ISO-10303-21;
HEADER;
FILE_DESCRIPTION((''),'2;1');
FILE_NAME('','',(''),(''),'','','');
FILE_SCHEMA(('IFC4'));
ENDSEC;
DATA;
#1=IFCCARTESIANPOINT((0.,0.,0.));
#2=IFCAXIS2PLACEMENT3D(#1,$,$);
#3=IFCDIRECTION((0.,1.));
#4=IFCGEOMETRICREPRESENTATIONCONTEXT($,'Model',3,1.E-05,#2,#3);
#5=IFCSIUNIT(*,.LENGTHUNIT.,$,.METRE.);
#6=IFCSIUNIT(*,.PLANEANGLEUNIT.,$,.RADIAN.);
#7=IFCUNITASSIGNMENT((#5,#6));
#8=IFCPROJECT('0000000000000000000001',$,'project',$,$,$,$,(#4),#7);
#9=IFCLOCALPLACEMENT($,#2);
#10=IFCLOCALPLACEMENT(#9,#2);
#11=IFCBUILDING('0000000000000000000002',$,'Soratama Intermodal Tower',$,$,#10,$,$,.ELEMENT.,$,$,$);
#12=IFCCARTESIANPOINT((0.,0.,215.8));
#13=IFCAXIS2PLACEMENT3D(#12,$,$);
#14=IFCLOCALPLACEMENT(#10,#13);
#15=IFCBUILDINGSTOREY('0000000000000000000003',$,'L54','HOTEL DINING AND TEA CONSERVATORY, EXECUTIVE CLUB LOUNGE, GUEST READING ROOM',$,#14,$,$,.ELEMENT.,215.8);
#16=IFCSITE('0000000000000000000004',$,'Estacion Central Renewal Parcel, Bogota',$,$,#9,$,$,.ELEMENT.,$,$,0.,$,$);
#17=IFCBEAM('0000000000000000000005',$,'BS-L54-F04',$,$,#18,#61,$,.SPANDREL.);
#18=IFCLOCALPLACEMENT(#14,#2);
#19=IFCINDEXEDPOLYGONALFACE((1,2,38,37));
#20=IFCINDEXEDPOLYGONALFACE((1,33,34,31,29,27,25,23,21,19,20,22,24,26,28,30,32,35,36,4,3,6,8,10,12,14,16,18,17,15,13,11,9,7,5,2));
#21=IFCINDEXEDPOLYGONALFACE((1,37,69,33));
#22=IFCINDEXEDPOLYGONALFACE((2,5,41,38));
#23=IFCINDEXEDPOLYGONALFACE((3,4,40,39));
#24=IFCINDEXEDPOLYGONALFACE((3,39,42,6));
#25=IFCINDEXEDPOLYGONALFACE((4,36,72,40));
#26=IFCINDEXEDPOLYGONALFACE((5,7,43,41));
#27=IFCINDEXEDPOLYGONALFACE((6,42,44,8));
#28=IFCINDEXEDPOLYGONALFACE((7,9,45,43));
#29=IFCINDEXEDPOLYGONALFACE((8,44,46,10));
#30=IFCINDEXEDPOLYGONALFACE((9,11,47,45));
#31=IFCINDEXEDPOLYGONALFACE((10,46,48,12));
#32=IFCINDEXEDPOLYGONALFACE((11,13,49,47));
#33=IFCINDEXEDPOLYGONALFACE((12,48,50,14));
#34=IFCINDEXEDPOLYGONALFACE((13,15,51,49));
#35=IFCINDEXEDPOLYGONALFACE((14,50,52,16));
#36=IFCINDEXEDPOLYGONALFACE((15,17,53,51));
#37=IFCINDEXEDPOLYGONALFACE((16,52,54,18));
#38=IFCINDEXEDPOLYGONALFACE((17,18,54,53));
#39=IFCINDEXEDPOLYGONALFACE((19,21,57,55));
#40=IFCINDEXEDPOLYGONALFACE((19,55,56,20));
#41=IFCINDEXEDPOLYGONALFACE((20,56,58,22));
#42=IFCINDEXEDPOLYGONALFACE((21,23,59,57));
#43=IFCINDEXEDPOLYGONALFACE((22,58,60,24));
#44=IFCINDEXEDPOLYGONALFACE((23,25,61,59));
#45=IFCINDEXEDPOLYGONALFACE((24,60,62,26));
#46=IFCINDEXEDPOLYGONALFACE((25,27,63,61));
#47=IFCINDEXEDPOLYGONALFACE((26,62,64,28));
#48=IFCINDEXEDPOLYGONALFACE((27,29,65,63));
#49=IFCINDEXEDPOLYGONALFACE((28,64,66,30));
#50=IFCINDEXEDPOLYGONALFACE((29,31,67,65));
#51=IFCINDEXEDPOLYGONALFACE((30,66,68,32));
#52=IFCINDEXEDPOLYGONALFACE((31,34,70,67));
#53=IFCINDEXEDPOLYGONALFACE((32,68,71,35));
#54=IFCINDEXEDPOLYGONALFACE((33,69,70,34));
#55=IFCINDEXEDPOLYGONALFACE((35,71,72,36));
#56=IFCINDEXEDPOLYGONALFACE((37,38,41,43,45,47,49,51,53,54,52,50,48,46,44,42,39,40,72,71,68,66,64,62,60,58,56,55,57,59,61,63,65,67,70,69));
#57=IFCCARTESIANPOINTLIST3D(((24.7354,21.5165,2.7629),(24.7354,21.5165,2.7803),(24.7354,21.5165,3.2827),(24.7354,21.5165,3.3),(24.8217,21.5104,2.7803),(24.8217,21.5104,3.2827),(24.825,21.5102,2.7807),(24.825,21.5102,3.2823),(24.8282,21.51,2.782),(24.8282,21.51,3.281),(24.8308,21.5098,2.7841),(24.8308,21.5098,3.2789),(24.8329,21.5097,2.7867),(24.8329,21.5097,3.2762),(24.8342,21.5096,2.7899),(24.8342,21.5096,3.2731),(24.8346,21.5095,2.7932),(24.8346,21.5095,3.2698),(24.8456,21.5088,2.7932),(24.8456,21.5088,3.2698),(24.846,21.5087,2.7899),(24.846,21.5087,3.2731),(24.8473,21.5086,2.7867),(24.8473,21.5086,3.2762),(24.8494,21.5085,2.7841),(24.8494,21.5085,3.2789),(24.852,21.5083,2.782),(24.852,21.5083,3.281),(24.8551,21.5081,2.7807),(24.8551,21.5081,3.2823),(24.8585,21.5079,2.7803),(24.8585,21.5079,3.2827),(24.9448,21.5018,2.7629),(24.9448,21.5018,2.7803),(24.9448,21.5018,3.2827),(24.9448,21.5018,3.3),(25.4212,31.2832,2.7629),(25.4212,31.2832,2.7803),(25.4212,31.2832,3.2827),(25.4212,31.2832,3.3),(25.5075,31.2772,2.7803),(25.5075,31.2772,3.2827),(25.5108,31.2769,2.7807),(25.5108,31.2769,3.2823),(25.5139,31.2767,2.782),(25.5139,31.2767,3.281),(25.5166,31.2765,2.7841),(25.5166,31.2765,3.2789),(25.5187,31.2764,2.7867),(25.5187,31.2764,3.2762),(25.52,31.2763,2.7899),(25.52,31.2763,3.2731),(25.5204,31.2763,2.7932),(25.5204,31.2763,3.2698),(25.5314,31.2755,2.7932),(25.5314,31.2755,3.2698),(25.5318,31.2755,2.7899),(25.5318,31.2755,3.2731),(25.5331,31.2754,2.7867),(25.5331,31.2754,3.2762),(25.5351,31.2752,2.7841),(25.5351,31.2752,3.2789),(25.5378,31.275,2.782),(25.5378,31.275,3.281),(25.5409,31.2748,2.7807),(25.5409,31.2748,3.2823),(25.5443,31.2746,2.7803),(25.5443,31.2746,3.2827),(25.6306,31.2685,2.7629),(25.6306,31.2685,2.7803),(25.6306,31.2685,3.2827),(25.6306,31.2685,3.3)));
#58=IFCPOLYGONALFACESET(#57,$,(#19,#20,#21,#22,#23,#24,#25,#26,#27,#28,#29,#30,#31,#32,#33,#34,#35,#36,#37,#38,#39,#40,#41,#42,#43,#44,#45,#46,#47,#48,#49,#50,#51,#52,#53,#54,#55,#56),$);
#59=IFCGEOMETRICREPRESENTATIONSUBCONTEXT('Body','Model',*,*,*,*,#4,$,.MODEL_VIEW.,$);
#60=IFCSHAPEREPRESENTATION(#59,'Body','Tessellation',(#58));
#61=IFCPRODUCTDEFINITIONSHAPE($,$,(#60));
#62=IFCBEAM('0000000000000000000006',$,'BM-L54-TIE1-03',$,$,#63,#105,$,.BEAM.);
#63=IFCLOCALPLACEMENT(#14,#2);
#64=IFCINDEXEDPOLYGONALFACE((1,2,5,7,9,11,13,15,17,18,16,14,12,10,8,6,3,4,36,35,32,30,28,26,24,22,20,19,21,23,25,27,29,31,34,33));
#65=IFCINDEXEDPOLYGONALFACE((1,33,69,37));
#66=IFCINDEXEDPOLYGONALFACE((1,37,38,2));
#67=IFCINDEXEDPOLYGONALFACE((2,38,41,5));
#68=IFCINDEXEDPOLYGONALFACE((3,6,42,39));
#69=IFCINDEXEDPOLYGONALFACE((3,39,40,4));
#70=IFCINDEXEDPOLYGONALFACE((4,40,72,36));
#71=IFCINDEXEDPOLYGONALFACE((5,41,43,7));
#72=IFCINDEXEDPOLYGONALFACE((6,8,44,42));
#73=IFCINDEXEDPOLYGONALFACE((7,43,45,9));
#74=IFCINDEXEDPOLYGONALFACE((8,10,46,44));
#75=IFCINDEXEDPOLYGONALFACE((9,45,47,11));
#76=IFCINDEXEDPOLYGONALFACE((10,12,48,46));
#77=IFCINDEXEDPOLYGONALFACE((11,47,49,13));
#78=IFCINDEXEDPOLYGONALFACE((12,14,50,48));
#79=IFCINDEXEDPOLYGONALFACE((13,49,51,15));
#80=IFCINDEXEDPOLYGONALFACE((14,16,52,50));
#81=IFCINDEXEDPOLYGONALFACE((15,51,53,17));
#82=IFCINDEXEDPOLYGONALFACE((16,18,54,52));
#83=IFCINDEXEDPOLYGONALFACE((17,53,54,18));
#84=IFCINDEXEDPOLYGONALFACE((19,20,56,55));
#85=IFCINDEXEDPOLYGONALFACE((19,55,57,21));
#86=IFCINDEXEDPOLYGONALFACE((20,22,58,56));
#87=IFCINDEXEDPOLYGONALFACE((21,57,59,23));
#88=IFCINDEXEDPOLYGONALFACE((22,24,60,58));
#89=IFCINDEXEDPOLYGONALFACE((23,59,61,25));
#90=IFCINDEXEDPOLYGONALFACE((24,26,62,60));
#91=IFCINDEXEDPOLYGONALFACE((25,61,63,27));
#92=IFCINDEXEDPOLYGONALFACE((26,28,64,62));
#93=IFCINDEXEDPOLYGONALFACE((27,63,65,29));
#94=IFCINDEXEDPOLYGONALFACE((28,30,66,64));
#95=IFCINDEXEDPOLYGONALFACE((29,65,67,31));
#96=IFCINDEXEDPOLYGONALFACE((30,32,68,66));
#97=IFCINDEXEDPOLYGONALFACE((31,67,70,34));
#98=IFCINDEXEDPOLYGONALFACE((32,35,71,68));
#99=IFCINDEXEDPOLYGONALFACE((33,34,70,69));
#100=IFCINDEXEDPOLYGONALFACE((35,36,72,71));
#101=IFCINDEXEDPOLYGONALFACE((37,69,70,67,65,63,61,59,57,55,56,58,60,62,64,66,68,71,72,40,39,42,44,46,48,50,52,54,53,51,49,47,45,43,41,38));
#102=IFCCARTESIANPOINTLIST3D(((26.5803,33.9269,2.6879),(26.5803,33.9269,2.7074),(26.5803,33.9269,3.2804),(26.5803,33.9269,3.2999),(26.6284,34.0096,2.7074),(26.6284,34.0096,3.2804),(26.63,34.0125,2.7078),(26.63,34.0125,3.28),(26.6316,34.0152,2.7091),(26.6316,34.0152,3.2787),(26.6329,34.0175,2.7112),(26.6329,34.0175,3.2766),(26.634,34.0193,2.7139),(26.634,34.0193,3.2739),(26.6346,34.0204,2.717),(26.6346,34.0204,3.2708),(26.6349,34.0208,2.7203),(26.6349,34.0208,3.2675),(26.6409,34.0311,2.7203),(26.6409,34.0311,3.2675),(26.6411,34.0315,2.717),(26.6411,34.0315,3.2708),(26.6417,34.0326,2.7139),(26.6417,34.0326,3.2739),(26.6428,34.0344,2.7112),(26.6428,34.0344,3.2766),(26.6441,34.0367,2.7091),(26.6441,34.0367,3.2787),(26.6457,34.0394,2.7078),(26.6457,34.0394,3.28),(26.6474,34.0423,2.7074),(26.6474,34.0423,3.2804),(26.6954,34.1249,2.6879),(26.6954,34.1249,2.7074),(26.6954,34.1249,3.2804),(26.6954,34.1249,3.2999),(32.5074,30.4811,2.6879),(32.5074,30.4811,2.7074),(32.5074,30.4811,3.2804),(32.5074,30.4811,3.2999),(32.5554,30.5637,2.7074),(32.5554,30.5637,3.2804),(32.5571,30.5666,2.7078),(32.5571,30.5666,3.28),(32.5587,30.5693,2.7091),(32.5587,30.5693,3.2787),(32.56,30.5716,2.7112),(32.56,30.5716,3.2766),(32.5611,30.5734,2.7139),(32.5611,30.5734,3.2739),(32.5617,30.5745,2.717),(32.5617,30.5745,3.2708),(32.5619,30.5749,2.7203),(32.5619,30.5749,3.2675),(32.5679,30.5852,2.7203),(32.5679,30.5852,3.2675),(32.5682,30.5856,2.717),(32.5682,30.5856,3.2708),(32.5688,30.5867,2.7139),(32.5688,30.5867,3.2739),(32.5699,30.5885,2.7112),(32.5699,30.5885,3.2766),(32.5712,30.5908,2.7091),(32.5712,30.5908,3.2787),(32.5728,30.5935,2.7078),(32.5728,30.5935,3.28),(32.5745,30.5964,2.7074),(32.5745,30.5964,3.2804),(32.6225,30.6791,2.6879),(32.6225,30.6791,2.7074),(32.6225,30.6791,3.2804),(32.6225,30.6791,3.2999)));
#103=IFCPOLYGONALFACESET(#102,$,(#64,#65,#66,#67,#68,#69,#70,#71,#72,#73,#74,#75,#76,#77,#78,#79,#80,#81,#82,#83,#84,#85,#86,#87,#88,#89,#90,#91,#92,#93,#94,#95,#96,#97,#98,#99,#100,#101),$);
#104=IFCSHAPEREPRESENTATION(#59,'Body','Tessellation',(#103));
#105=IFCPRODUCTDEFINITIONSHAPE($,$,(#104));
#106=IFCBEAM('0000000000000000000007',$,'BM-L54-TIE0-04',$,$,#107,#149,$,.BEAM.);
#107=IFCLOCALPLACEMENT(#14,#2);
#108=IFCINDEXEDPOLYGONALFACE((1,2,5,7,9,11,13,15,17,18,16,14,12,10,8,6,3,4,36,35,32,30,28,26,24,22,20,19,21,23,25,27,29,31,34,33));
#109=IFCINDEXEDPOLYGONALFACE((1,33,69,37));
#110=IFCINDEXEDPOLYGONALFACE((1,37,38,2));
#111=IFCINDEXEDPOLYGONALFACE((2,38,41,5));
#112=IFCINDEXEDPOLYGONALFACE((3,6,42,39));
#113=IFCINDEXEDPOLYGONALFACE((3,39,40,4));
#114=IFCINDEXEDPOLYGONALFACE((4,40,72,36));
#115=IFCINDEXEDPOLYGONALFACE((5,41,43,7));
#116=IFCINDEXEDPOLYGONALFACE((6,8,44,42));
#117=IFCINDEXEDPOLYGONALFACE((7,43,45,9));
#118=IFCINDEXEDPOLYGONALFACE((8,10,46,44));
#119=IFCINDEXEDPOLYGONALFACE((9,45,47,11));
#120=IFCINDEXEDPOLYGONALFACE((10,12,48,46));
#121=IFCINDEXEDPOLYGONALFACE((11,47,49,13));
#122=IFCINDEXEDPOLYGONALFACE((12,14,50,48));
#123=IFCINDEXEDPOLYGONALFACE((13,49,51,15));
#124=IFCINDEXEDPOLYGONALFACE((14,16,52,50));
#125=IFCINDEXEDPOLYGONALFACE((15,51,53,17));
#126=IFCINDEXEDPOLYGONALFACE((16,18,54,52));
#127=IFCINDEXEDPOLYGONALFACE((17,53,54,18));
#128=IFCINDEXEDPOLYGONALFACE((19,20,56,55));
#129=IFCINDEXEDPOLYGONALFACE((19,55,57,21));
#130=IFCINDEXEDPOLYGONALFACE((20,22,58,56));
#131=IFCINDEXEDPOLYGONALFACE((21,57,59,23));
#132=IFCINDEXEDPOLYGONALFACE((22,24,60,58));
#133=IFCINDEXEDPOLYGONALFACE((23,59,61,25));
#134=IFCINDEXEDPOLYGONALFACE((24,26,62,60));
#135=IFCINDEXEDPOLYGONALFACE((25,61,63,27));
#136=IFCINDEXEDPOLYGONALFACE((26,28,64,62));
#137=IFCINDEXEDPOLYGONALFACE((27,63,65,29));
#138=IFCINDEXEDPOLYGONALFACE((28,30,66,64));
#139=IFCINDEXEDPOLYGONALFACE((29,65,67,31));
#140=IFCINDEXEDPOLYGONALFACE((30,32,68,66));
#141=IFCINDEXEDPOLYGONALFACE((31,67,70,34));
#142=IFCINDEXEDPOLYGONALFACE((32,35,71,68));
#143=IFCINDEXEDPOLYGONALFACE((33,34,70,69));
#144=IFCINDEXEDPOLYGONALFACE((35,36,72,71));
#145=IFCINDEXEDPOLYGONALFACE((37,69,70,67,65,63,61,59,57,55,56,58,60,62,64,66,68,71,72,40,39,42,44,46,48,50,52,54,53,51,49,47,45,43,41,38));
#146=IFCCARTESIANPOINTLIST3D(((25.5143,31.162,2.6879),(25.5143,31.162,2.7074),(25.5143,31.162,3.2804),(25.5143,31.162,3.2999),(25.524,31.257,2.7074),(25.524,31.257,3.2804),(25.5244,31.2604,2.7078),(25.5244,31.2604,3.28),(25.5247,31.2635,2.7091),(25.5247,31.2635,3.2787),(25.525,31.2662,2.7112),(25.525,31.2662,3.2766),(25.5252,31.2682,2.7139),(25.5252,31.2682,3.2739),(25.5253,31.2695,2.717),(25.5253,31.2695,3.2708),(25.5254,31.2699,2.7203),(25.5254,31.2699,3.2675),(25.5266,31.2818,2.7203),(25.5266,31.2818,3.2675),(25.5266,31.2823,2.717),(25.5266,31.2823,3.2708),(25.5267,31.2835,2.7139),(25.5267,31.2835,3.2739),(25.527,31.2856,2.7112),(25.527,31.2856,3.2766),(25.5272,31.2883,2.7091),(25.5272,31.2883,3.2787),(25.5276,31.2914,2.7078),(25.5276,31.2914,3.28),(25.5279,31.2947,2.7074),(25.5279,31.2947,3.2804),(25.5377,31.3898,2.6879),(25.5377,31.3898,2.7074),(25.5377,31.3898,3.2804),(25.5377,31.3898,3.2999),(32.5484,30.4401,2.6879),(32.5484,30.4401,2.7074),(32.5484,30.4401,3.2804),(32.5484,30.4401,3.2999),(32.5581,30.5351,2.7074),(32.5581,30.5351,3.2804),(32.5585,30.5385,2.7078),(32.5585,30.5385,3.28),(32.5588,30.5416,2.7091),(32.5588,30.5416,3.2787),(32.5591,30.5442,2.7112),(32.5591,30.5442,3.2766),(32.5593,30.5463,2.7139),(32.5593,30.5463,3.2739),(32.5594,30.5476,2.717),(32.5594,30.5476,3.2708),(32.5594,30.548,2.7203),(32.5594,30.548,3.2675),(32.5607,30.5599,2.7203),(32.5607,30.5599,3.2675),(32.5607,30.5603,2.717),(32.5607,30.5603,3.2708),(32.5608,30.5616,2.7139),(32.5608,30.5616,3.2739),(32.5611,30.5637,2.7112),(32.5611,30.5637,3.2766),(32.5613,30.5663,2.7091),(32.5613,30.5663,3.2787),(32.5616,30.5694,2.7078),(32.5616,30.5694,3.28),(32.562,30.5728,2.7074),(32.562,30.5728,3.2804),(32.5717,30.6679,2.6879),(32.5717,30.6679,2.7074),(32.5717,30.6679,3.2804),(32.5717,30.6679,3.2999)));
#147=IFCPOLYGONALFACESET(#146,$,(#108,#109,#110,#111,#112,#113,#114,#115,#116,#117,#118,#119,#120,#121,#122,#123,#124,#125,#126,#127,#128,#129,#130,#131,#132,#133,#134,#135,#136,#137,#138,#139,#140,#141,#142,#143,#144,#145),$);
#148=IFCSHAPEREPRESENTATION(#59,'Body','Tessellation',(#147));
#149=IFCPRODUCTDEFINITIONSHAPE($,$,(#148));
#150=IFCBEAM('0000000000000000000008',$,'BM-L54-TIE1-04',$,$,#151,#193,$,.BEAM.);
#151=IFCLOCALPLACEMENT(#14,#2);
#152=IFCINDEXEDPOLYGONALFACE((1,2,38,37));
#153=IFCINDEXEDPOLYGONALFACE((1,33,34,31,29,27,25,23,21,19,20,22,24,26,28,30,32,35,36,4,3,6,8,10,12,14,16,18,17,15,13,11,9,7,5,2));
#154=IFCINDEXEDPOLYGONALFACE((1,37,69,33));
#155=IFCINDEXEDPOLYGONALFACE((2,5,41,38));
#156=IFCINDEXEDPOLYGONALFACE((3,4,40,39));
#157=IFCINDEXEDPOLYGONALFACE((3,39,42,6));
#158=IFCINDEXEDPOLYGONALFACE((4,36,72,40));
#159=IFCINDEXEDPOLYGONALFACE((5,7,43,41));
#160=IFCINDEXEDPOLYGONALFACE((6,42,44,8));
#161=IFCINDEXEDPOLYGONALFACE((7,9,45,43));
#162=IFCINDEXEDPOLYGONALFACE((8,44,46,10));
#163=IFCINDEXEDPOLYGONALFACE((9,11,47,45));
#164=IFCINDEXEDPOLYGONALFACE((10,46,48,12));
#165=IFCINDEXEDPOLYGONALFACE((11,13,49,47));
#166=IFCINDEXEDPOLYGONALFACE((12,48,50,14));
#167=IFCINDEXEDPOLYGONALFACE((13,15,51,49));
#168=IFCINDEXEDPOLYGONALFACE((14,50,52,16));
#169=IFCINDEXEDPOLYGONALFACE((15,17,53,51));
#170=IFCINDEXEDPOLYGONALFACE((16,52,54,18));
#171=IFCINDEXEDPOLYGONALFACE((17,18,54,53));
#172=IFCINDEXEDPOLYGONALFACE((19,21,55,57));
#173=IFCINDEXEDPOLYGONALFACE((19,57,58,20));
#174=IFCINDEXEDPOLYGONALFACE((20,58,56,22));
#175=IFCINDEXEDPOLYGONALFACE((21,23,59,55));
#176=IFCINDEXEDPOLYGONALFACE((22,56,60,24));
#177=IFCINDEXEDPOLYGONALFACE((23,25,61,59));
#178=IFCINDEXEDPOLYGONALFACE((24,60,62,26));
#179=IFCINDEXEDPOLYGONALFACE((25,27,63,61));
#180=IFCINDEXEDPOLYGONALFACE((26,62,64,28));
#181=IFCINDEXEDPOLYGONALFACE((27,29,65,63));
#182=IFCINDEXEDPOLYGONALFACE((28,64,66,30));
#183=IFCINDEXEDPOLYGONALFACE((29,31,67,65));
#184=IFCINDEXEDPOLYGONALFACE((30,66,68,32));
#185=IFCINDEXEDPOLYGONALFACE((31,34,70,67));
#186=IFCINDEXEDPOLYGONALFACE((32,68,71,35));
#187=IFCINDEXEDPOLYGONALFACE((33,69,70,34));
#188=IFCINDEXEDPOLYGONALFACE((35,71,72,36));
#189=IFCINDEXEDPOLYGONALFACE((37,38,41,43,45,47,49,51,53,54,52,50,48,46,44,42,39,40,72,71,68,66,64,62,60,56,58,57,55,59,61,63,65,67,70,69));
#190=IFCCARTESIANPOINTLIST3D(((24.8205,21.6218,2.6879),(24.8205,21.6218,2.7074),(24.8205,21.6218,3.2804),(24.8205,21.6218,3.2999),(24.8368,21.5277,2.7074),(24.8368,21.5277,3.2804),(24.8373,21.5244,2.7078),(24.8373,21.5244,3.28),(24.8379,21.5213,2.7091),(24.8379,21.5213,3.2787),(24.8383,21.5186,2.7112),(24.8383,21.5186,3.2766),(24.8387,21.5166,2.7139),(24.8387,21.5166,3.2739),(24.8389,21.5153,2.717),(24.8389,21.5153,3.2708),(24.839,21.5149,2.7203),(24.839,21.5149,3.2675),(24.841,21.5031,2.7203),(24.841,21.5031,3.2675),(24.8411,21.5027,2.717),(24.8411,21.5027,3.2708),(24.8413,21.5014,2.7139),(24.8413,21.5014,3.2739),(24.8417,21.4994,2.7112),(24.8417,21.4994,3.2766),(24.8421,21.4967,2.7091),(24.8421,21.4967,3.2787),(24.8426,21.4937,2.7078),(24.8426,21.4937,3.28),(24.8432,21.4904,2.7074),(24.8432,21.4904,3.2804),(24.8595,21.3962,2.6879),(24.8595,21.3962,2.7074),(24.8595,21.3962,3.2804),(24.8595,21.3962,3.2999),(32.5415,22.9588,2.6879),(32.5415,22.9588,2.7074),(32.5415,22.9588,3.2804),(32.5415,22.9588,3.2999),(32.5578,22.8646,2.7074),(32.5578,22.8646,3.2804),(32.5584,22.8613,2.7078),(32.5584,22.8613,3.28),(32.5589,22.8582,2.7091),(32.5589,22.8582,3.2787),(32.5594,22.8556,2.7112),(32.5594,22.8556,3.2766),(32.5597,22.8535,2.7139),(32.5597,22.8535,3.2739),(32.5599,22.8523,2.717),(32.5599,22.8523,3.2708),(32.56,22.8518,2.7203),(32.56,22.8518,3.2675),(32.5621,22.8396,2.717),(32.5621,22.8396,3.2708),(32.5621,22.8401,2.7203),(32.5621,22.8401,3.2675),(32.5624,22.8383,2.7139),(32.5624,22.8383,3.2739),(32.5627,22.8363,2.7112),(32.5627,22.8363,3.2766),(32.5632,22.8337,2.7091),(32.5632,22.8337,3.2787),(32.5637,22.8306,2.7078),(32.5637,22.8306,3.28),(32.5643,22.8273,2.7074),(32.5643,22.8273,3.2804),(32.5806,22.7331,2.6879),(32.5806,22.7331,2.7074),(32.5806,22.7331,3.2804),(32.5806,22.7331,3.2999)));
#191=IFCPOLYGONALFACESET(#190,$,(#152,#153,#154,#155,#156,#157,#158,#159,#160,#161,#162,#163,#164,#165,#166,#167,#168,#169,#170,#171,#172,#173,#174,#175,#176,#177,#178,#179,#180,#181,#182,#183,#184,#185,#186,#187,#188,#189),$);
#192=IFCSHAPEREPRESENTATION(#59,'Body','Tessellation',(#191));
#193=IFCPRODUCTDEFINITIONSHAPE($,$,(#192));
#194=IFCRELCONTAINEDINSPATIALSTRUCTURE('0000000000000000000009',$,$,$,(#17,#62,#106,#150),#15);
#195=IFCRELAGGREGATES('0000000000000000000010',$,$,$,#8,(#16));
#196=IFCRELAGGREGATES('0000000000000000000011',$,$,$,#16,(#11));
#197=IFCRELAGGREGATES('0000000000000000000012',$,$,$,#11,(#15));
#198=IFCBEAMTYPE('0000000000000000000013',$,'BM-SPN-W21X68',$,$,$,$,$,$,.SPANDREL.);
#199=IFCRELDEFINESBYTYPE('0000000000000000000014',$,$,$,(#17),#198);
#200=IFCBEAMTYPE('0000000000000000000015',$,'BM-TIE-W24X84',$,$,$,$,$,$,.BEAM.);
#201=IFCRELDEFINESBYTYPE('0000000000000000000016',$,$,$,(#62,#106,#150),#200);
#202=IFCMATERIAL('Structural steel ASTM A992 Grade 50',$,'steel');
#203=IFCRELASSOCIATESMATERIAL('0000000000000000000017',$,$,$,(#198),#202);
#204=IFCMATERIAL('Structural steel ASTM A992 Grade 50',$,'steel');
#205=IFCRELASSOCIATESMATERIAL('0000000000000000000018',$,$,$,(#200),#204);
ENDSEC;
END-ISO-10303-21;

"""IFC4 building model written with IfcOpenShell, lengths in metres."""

from ifc_helpers import new_model, si_unit, direction, frame, origin, origin_2d, place, context, subcontext, project, spatial, i_section, extrude, material, material_profile, profile_set, type_object, element, save


model = new_model("IFC4")

# Units and contexts
model_context = context("Model", 3, precision=1e-05, world=origin(), true_north=direction((0.0, 1.0)))
body_context = subcontext(model_context, "Body", "Model", "MODEL_VIEW")
ifc_project = project(units=[si_unit("LENGTHUNIT", "METRE"), si_unit("PLANEANGLEUNIT", "RADIAN")], contexts=[model_context])

# Site, building, storey
site_placement = place(None, origin())
site = spatial("IfcSite", under=ifc_project, at=site_placement, Name="Estacion Central Renewal Parcel, Bogota", CompositionType="ELEMENT", RefElevation=0.0)
building_placement = place(site_placement, origin())
building = spatial("IfcBuilding", under=site, at=building_placement, Name="Soratama Intermodal Tower", CompositionType="ELEMENT")
storey_placement = place(building_placement, frame((0.0, 0.0, 215.8)))
storey = spatial("IfcBuildingStorey", under=building, at=storey_placement, Name="L54", Description="HOTEL DINING AND TEA CONSERVATORY, EXECUTIVE CLUB LOUNGE, GUEST READING ROOM", CompositionType="ELEMENT", Elevation=215.8)

# Beams
ifc_material_1 = material(Name="Structural steel ASTM A992 Grade 50", Category="steel")
ifc_material_profile_1 = material_profile(ifc_material_1, i_section(OverallWidth=0.21, OverallDepth=0.5371, WebThickness=0.011, FlangeThickness=0.0173, FilletRadius=0.0129, at=origin_2d()), Name="W21X68")
ifc_profile_set_1 = profile_set([ifc_material_profile_1], Name="Structural steel ASTM A992 Grade 50")
beam_type_1 = type_object("IfcBeamType", Name="BM-SPN-W21X68", PredefinedType="SPANDREL", material=ifc_profile_set_1)
beam_1_placement = place(storey_placement, frame((25.5259, 31.2759, 3.0315), z_axis=(-0.070044, -0.997544, 0.0), x_axis=(0.997544, -0.070044, 0.0)))
element("IfcBeam", 1, at=beam_1_placement, inside=storey, type_object=beam_type_1, Name="BS-L54-F04", PredefinedType="SPANDREL", context=body_context, shape_type="SweptSolid", body=[
    extrude(i_section(OverallWidth=0.21, OverallDepth=0.5371, WebThickness=0.011, FlangeThickness=0.0173, FilletRadius=0.0129, at=origin_2d()), origin(), (0.0, 0.0, 1.0), 9.7908),
])
ifc_material_2 = material(Name="Structural steel ASTM A992 Grade 50", Category="steel")
ifc_material_profile_2 = material_profile(ifc_material_2, i_section(OverallWidth=0.229, OverallDepth=0.6121, WebThickness=0.012, FlangeThickness=0.0195, FilletRadius=0.0129, at=origin_2d()), Name="W24X84")
ifc_profile_set_2 = profile_set([ifc_material_profile_2], Name="Structural steel ASTM A992 Grade 50")
beam_type_2 = type_object("IfcBeamType", Name="BM-TIE-W24X84", PredefinedType="BEAM", material=ifc_profile_set_2)
beam_2_placement = place(storey_placement, frame((32.5649, 30.5801, 2.9939), z_axis=(-0.864515, 0.502606, 0.0), x_axis=(-0.502606, -0.864515, 0.0)))
element("IfcBeam", 2, at=beam_2_placement, inside=storey, type_object=beam_type_2, Name="BM-L54-TIE1-03", PredefinedType="BEAM", context=body_context, shape_type="SweptSolid", body=[
    extrude(i_section(OverallWidth=0.229, OverallDepth=0.6121, WebThickness=0.012, FlangeThickness=0.0195, FilletRadius=0.0129, at=origin_2d()), origin(), (0.0, 0.0, 1.0), 6.856),
])
beam_3_placement = place(storey_placement, frame((32.5601, 30.554, 2.9939), z_axis=(-0.994775, 0.102095, 0.0), x_axis=(-0.102095, -0.994775, 0.0)))
element("IfcBeam", 3, at=beam_3_placement, inside=storey, type_object=beam_type_2, Name="BM-L54-TIE0-04", PredefinedType="BEAM", context=body_context, shape_type="SweptSolid", body=[
    extrude(i_section(OverallWidth=0.229, OverallDepth=0.6121, WebThickness=0.012, FlangeThickness=0.0195, FilletRadius=0.0129, at=origin_2d()), origin(), (0.0, 0.0, 1.0), 7.071),
])
beam_4_placement = place(storey_placement, frame((32.561, 22.8459, 2.9939), z_axis=(-0.985338, -0.170615, 0.0), x_axis=(0.170615, -0.985338, 0.0)))
element("IfcBeam", 4, at=beam_4_placement, inside=storey, type_object=beam_type_2, Name="BM-L54-TIE1-04", PredefinedType="BEAM", context=body_context, shape_type="SweptSolid", body=[
    extrude(i_section(OverallWidth=0.229, OverallDepth=0.6121, WebThickness=0.012, FlangeThickness=0.0195, FilletRadius=0.0129, at=origin_2d()), origin(), (0.0, 0.0, 1.0), 7.8359),
])

save(model, "model.ifc")
